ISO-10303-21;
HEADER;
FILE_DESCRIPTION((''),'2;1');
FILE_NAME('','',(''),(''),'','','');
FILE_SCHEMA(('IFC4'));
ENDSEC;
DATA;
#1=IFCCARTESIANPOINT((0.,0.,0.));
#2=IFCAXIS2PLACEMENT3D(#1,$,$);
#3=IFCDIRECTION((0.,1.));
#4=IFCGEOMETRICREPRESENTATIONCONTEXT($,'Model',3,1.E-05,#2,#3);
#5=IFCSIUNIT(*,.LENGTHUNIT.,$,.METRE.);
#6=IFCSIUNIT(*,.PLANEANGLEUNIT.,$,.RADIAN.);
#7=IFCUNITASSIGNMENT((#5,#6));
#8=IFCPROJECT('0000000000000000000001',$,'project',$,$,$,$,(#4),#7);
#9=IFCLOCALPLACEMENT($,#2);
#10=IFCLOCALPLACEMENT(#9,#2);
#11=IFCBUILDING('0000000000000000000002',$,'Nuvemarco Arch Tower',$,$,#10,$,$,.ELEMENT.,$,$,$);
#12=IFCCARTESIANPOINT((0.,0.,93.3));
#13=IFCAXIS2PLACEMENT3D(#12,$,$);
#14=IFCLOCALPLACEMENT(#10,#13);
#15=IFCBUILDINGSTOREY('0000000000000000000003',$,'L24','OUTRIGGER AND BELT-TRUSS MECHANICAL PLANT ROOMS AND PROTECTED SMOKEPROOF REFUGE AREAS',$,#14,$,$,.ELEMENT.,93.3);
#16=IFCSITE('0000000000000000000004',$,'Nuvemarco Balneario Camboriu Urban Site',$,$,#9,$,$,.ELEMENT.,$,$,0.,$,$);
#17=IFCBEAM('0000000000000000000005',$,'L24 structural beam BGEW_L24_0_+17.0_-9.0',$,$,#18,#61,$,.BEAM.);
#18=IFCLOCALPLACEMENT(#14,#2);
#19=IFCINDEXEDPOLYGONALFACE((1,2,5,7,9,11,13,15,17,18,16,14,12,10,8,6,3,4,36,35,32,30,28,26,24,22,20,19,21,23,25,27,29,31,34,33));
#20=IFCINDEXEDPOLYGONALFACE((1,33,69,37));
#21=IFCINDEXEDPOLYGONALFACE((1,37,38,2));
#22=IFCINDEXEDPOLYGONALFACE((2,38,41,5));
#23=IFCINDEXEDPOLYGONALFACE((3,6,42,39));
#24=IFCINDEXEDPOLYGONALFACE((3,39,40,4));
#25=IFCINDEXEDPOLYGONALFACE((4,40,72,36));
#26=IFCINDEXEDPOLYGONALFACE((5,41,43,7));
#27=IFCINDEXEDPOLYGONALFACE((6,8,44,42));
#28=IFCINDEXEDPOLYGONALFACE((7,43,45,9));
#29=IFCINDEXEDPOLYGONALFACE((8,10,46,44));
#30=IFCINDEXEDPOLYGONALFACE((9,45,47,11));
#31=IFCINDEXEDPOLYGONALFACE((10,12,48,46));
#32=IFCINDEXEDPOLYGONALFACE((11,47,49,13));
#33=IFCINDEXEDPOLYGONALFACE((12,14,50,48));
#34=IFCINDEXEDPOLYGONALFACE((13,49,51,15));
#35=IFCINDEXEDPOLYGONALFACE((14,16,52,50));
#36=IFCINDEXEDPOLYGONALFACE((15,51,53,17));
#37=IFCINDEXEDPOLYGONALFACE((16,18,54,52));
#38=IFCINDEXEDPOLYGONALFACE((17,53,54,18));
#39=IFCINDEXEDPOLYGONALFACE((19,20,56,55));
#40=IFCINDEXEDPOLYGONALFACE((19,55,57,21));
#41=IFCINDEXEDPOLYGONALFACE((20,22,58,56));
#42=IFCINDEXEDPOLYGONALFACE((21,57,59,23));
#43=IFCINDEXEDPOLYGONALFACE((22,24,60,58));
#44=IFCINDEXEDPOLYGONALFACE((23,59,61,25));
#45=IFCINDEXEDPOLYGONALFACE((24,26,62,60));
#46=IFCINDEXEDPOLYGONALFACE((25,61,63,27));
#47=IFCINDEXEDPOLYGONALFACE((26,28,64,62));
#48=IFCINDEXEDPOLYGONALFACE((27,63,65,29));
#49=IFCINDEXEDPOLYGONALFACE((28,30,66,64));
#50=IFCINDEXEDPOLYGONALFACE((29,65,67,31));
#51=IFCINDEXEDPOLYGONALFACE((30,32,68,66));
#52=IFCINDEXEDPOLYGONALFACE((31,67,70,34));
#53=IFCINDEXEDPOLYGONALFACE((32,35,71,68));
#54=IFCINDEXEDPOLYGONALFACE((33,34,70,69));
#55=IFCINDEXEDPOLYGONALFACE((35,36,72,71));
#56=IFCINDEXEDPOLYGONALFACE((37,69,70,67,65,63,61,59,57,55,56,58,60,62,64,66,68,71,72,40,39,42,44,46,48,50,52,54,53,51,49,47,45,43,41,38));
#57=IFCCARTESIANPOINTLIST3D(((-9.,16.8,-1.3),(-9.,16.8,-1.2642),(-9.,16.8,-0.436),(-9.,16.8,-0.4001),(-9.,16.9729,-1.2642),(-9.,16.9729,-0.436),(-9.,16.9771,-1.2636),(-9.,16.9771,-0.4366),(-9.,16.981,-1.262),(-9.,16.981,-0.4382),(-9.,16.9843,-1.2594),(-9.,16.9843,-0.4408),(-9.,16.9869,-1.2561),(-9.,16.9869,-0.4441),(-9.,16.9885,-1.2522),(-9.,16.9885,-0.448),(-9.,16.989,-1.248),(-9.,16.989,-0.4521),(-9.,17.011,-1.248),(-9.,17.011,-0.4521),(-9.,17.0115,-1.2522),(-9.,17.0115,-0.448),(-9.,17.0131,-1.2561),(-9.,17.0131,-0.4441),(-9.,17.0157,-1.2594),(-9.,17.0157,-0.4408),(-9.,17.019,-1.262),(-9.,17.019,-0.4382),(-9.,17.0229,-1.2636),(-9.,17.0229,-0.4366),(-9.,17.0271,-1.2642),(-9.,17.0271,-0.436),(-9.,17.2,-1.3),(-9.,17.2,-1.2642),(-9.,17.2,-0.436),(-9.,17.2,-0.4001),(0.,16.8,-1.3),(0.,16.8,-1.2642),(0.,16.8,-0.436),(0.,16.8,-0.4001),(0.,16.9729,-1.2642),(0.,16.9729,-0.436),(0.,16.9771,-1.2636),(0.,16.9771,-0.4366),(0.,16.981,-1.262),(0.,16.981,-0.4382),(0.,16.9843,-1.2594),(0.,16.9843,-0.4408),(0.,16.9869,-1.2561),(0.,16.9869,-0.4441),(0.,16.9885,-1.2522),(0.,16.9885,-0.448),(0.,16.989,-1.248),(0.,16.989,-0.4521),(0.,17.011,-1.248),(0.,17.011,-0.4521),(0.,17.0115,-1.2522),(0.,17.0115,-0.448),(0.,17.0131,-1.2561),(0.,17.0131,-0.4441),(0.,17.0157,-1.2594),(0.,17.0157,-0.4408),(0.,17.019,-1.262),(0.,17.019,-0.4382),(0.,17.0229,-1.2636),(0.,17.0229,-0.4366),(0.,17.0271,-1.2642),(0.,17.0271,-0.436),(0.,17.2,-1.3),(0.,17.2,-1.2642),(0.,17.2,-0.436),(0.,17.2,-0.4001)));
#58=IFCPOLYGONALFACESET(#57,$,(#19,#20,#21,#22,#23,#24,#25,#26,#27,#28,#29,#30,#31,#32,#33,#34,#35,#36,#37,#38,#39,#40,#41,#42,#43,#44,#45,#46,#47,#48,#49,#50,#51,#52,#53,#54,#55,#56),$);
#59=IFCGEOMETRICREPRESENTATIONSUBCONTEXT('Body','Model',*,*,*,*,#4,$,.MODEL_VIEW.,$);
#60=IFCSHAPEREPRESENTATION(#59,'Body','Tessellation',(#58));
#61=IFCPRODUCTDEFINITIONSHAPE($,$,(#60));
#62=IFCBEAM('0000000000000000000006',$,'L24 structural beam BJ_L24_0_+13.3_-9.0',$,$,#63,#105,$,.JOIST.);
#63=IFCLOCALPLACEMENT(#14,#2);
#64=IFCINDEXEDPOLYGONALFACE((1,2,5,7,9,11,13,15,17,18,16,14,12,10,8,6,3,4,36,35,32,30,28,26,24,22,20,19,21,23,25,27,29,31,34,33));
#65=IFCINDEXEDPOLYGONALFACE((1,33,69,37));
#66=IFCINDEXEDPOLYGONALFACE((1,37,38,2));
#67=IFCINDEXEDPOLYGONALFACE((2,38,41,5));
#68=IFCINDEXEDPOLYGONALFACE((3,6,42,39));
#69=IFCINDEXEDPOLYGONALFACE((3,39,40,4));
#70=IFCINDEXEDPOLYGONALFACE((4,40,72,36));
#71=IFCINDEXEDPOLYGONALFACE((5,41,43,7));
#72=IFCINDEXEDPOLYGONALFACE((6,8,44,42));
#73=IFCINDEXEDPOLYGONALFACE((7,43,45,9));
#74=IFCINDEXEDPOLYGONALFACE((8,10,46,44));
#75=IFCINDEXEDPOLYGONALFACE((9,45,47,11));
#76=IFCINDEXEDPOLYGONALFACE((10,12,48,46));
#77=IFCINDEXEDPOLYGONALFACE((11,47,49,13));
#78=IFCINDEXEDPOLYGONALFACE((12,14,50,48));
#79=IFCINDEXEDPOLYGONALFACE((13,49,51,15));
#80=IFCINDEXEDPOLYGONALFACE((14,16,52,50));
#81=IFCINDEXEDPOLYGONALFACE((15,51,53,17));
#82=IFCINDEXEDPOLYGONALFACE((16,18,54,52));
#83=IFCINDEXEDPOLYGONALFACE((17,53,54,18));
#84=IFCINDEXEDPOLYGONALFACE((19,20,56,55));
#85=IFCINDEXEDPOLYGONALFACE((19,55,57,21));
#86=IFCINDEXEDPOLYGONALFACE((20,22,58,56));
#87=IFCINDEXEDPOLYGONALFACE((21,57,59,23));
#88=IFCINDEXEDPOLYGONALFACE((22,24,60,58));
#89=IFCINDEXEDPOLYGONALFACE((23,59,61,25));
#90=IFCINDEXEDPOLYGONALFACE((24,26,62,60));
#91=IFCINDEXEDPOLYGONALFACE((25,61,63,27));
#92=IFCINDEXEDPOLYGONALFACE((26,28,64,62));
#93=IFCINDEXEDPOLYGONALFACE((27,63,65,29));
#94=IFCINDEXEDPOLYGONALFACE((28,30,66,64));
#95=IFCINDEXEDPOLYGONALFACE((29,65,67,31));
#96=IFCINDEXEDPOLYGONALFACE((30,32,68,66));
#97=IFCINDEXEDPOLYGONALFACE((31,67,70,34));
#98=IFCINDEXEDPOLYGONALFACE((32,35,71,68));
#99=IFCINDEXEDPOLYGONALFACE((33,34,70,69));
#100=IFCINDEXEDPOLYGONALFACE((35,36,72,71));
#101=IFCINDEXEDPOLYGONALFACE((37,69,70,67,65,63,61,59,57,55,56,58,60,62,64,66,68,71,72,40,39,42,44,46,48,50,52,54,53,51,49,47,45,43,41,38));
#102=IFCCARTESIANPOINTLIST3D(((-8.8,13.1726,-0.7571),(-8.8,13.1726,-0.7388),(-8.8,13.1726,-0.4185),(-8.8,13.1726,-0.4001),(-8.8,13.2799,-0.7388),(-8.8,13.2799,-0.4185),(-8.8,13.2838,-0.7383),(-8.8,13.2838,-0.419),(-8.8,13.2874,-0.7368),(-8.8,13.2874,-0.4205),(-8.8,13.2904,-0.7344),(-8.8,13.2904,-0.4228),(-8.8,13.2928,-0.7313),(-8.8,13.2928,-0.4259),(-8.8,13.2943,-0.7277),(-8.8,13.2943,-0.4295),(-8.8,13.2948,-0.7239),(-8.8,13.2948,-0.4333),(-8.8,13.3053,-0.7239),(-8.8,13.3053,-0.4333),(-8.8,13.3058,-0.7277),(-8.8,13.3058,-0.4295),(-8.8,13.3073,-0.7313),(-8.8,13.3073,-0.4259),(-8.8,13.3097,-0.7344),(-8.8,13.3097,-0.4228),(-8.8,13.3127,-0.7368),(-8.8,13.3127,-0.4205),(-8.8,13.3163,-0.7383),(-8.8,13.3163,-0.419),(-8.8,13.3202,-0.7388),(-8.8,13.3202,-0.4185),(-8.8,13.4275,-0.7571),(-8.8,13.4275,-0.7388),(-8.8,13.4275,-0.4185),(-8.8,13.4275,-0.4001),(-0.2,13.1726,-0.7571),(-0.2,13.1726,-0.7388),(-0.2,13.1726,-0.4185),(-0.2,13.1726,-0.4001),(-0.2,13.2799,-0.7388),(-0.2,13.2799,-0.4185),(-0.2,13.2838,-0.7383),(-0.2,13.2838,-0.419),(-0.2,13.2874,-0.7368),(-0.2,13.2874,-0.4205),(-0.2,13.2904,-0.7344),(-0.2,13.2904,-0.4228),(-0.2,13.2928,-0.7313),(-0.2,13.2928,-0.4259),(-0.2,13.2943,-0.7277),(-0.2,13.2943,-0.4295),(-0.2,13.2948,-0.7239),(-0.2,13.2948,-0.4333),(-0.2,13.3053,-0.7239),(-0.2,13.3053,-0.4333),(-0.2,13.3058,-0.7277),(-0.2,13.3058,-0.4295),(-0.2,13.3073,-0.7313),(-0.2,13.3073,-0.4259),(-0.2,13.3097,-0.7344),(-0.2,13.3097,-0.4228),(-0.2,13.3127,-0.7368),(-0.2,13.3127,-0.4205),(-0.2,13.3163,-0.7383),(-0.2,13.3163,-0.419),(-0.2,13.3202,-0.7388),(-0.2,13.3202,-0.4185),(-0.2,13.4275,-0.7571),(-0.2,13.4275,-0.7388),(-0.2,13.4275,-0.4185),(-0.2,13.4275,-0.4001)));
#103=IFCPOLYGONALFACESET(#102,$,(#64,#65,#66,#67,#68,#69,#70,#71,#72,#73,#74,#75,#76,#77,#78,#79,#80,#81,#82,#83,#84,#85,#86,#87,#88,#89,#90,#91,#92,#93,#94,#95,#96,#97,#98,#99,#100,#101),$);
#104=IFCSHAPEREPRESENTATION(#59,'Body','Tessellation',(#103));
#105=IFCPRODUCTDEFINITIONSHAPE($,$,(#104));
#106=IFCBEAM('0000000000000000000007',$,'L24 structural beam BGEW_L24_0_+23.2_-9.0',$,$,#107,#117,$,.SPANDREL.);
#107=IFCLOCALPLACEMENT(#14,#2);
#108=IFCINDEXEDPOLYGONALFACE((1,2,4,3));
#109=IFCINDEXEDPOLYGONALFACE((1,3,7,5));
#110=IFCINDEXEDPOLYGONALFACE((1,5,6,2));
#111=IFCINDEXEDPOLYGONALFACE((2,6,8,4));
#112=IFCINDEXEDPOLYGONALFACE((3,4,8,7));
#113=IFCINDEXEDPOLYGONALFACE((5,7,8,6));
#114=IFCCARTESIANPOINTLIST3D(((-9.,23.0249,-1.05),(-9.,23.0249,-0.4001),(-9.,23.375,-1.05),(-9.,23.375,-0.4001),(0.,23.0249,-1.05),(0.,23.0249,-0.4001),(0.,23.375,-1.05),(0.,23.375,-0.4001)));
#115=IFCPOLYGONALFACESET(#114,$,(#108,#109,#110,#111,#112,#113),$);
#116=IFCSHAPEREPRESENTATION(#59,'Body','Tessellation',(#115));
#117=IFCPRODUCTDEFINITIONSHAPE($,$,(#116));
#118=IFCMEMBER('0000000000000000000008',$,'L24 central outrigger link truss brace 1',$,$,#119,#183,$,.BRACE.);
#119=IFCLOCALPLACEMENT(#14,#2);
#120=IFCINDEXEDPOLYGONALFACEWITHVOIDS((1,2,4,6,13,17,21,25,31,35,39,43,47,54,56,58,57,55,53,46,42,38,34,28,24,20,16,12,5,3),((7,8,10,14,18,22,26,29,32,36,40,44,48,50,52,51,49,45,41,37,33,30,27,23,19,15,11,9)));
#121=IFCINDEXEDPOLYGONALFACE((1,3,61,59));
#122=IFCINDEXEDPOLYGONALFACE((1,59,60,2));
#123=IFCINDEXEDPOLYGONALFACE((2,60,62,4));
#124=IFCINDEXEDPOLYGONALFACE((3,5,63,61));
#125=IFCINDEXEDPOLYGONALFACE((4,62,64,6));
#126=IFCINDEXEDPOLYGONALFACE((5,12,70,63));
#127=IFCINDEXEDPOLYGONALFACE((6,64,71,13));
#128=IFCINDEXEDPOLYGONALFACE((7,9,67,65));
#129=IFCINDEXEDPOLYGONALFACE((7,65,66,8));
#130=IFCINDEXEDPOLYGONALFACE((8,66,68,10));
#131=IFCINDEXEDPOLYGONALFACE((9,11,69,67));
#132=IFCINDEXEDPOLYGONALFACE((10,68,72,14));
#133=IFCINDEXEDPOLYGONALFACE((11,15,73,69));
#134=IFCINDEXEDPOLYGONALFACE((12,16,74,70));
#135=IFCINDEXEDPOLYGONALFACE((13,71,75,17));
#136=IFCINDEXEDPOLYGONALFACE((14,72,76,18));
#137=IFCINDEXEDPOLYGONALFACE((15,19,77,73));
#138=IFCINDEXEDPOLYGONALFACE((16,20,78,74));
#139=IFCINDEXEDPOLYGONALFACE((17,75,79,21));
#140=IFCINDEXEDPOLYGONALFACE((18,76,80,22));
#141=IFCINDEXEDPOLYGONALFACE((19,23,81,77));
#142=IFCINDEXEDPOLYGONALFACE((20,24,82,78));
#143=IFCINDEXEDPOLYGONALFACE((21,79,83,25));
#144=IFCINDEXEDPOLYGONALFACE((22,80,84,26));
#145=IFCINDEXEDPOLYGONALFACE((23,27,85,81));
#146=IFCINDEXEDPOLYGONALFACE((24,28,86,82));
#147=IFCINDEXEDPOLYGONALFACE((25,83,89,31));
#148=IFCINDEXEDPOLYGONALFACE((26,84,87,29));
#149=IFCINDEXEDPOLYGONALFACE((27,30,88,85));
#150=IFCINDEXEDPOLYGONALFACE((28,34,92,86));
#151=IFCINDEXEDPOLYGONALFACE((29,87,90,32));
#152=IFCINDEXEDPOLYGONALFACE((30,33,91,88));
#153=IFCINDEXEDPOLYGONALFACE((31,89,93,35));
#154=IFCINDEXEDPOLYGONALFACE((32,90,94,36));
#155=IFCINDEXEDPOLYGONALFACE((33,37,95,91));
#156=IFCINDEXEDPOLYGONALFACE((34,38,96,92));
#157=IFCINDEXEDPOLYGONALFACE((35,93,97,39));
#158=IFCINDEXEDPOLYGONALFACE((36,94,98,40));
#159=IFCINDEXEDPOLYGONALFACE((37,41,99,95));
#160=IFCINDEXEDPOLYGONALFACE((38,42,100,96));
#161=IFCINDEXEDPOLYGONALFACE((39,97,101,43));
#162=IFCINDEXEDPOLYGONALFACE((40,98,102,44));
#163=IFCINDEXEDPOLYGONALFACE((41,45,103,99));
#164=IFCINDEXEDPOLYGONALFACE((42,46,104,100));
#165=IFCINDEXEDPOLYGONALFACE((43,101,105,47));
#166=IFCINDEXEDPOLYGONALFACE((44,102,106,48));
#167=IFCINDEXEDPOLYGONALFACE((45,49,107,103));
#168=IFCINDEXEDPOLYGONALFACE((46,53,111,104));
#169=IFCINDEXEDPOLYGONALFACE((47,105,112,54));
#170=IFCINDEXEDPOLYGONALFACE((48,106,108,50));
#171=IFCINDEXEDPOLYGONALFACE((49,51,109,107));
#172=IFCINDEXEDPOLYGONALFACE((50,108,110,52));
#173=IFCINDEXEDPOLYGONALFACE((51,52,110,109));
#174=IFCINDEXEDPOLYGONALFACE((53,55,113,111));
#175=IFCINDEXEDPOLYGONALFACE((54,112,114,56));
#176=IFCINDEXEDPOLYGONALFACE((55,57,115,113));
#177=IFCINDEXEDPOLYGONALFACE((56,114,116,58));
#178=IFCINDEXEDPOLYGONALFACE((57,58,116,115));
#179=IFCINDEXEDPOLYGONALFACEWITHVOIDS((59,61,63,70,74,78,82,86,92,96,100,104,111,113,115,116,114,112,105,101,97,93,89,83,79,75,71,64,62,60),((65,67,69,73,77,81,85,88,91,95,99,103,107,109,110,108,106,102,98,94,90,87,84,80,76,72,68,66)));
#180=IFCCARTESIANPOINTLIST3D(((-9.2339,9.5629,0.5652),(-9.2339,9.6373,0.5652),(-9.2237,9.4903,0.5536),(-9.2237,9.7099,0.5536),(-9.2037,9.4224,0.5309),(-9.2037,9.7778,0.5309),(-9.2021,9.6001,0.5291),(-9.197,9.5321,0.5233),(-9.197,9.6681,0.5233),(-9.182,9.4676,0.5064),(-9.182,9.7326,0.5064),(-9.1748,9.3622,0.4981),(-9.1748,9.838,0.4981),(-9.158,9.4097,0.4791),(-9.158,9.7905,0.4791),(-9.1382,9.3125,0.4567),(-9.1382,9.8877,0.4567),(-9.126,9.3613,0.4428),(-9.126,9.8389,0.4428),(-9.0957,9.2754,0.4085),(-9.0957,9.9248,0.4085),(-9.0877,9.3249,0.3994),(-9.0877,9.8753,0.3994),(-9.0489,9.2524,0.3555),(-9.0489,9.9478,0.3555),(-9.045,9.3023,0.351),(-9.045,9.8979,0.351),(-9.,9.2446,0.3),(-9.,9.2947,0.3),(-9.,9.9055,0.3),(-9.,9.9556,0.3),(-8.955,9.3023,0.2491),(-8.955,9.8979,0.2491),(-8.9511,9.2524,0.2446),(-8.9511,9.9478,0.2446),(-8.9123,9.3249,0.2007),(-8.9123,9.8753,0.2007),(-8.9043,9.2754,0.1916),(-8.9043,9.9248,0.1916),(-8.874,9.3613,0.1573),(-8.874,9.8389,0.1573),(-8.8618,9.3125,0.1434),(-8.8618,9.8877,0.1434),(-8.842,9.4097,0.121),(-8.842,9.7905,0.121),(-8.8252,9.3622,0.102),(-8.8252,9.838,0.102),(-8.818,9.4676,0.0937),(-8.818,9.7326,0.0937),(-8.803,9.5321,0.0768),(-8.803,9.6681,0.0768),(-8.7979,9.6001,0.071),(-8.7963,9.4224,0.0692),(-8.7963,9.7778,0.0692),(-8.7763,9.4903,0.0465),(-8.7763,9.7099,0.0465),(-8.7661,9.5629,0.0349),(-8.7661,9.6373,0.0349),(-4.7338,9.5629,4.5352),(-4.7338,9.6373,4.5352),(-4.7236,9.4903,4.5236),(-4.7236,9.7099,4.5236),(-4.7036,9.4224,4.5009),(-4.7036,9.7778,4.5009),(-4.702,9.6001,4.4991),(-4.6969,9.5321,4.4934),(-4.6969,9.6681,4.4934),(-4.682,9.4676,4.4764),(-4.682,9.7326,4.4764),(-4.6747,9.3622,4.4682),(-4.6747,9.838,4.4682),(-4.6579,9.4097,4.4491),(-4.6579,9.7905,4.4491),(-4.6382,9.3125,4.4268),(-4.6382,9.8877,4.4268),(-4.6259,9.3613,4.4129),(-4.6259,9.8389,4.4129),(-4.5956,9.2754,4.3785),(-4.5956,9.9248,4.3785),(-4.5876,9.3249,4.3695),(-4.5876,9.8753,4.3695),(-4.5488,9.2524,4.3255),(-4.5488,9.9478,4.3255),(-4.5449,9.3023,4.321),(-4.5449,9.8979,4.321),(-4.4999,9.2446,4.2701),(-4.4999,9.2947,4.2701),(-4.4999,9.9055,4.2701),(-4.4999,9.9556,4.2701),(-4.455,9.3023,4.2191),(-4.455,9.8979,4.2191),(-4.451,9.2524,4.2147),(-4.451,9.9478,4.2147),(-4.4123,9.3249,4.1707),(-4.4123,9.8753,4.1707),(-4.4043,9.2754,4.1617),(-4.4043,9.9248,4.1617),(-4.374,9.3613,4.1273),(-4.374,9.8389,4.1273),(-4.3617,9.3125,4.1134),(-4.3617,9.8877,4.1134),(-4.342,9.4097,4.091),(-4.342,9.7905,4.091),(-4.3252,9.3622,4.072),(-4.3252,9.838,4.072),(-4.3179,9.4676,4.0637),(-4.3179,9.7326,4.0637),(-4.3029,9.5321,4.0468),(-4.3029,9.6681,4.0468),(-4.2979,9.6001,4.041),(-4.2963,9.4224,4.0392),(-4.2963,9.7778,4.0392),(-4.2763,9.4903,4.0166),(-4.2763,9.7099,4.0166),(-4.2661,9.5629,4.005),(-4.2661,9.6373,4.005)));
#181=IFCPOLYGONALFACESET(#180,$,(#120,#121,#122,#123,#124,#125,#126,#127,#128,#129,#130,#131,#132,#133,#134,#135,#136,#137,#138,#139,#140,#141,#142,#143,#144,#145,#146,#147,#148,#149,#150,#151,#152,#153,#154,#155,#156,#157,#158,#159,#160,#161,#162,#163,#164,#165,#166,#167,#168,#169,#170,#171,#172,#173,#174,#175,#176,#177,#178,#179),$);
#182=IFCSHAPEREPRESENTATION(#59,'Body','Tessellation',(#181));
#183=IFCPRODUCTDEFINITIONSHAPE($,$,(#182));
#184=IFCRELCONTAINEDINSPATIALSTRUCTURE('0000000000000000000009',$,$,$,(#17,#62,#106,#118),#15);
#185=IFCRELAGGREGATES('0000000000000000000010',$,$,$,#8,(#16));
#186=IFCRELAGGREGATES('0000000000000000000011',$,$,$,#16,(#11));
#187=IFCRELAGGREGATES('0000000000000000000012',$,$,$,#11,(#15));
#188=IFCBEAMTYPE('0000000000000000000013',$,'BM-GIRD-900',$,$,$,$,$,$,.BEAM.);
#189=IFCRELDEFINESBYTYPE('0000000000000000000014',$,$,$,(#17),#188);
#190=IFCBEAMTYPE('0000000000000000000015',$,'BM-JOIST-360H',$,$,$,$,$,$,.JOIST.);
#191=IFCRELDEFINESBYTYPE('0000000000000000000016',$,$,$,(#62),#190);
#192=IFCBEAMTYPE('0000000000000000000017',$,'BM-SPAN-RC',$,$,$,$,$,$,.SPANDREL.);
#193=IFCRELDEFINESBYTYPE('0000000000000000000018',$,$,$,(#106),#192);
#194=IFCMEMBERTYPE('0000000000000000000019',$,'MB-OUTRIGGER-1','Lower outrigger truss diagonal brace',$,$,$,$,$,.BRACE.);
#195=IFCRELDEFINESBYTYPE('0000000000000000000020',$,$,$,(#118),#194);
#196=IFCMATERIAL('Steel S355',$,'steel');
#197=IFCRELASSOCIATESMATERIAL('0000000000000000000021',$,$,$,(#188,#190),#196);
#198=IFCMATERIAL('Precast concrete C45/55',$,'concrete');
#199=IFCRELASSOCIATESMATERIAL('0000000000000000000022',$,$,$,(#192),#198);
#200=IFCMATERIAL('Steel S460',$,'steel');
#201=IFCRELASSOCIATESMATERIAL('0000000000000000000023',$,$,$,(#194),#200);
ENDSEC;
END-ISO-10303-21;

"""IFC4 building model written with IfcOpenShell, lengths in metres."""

from ifc_helpers import new_model, si_unit, direction, frame, origin, origin_2d, place, context, subcontext, project, spatial, rectangle, hollow_circle, i_section, extrude, material, material_profile, profile_set, type_object, element, save


model = new_model("IFC4")

# Units and contexts
model_context = context("Model", 3, precision=1e-05, world=origin(), true_north=direction((0.0, 1.0)))
body_context = subcontext(model_context, "Body", "Model", "MODEL_VIEW")
ifc_project = project(units=[si_unit("LENGTHUNIT", "METRE"), si_unit("PLANEANGLEUNIT", "RADIAN")], contexts=[model_context])

# Site, building, storey
site_placement = place(None, origin())
site = spatial("IfcSite", under=ifc_project, at=site_placement, Name="Nuvemarco Balneario Camboriu Urban Site", CompositionType="ELEMENT", RefElevation=0.0)
building_placement = place(site_placement, origin())
building = spatial("IfcBuilding", under=site, at=building_placement, Name="Nuvemarco Arch Tower", CompositionType="ELEMENT")
storey_placement = place(building_placement, frame((0.0, 0.0, 93.3)))
storey = spatial("IfcBuildingStorey", under=building, at=storey_placement, Name="L24", Description="OUTRIGGER AND BELT-TRUSS MECHANICAL PLANT ROOMS AND PROTECTED SMOKEPROOF REFUGE AREAS", CompositionType="ELEMENT", Elevation=93.3)

# Shared definitions
ifc_material_1 = material(Name="Steel S460", Category="steel")
ifc_material_2 = material(Name="Steel S355", Category="steel")

# Beams
ifc_material_profile_1 = material_profile(ifc_material_2, i_section(OverallWidth=0.3999, OverallDepth=0.8999, WebThickness=0.022, FlangeThickness=0.0359, FilletRadius=0.0161, at=origin_2d()), Name="PG900x400")
ifc_profile_set_1 = profile_set([ifc_material_profile_1], Name="Steel S355")
beam_type_1 = type_object("IfcBeamType", Name="BM-GIRD-900", PredefinedType="BEAM", material=ifc_profile_set_1)
beam_1_placement = place(storey_placement, frame((-9.0, 17.0, -0.8501), z_axis=(1.0, 0.0, 0.0), x_axis=(0.0, 1.0, 0.0)))
element("IfcBeam", 1, at=beam_1_placement, inside=storey, type_object=beam_type_1, Name="L24 structural beam BGEW_L24_0_+17.0_-9.0", PredefinedType="BEAM", context=body_context, shape_type="SweptSolid", body=[
    extrude(i_section(OverallWidth=0.3999, OverallDepth=0.8999, WebThickness=0.022, FlangeThickness=0.0359, FilletRadius=0.0161, at=origin_2d()), origin(), (0.0, 0.0, 1.0), 9.0),
])
ifc_material_profile_2 = material_profile(ifc_material_2, i_section(OverallWidth=0.2549, OverallDepth=0.3569, WebThickness=0.0105, FlangeThickness=0.0183, FilletRadius=0.0149, at=origin_2d()), Name="W360x101")
ifc_profile_set_2 = profile_set([ifc_material_profile_2], Name="Steel S355")
beam_type_2 = type_object("IfcBeamType", Name="BM-JOIST-360H", PredefinedType="JOIST", material=ifc_profile_set_2)
beam_2_placement = place(storey_placement, frame((-8.8, 13.3, -0.5786), z_axis=(1.0, 0.0, 0.0), x_axis=(0.0, 1.0, 0.0)))
element("IfcBeam", 2, at=beam_2_placement, inside=storey, type_object=beam_type_2, Name="L24 structural beam BJ_L24_0_+13.3_-9.0", PredefinedType="JOIST", context=body_context, shape_type="SweptSolid", body=[
    extrude(i_section(OverallWidth=0.2549, OverallDepth=0.3569, WebThickness=0.0105, FlangeThickness=0.0183, FilletRadius=0.0149, at=origin_2d()), origin(), (0.0, 0.0, 1.0), 8.6001),
])
ifc_material_3 = material(Name="Precast concrete C45/55", Category="concrete")
ifc_material_profile_3 = material_profile(ifc_material_3, rectangle(XDim=0.3501, YDim=0.6499, at=origin_2d()), Name="PC-SP-350x650")
ifc_profile_set_3 = profile_set([ifc_material_profile_3], Name="Precast concrete C45/55")
beam_type_3 = type_object("IfcBeamType", Name="BM-SPAN-RC", PredefinedType="SPANDREL", material=ifc_profile_set_3)
beam_3_placement = place(storey_placement, frame((-9.0, 23.2, -0.7251), z_axis=(1.0, 0.0, 0.0), x_axis=(0.0, 1.0, 0.0)))
element("IfcBeam", 3, at=beam_3_placement, inside=storey, type_object=beam_type_3, Name="L24 structural beam BGEW_L24_0_+23.2_-9.0", PredefinedType="SPANDREL", context=body_context, shape_type="SweptSolid", body=[
    extrude(rectangle(XDim=0.3501, YDim=0.6499, at=origin_2d()), origin(), (0.0, 0.0, 1.0), 9.0),
])

# Member
ifc_material_profile_4 = material_profile(ifc_material_1, hollow_circle(Radius=0.3555, WallThickness=0.05, at=origin_2d()), Name="CHS711x50")
ifc_profile_set_4 = profile_set([ifc_material_profile_4], Name="Steel S460")
member_type = type_object("IfcMemberType", Name="MB-OUTRIGGER-1", Description="Lower outrigger truss diagonal brace", PredefinedType="BRACE", material=ifc_profile_set_4)
for number, where, z_axis, x_axis, name in (
    (4, (-9.0, 9.6001, 0.3), (0.749889, 0.0, 0.661564), (0.0, 1.0, 0.0), "L24 central outrigger link truss brace 1"),
):
    element("IfcMember", number, at=place(storey_placement, frame(where, z_axis=z_axis, x_axis=x_axis)), inside=storey, type_object=member_type, Name=name, PredefinedType="BRACE", context=body_context, shape_type="SweptSolid", body=[
        extrude(hollow_circle(Radius=0.3555, WallThickness=0.05, at=origin_2d()), origin(), (0.0, 0.0, 1.0), 6.001),
    ])

save(model, "model.ifc")
